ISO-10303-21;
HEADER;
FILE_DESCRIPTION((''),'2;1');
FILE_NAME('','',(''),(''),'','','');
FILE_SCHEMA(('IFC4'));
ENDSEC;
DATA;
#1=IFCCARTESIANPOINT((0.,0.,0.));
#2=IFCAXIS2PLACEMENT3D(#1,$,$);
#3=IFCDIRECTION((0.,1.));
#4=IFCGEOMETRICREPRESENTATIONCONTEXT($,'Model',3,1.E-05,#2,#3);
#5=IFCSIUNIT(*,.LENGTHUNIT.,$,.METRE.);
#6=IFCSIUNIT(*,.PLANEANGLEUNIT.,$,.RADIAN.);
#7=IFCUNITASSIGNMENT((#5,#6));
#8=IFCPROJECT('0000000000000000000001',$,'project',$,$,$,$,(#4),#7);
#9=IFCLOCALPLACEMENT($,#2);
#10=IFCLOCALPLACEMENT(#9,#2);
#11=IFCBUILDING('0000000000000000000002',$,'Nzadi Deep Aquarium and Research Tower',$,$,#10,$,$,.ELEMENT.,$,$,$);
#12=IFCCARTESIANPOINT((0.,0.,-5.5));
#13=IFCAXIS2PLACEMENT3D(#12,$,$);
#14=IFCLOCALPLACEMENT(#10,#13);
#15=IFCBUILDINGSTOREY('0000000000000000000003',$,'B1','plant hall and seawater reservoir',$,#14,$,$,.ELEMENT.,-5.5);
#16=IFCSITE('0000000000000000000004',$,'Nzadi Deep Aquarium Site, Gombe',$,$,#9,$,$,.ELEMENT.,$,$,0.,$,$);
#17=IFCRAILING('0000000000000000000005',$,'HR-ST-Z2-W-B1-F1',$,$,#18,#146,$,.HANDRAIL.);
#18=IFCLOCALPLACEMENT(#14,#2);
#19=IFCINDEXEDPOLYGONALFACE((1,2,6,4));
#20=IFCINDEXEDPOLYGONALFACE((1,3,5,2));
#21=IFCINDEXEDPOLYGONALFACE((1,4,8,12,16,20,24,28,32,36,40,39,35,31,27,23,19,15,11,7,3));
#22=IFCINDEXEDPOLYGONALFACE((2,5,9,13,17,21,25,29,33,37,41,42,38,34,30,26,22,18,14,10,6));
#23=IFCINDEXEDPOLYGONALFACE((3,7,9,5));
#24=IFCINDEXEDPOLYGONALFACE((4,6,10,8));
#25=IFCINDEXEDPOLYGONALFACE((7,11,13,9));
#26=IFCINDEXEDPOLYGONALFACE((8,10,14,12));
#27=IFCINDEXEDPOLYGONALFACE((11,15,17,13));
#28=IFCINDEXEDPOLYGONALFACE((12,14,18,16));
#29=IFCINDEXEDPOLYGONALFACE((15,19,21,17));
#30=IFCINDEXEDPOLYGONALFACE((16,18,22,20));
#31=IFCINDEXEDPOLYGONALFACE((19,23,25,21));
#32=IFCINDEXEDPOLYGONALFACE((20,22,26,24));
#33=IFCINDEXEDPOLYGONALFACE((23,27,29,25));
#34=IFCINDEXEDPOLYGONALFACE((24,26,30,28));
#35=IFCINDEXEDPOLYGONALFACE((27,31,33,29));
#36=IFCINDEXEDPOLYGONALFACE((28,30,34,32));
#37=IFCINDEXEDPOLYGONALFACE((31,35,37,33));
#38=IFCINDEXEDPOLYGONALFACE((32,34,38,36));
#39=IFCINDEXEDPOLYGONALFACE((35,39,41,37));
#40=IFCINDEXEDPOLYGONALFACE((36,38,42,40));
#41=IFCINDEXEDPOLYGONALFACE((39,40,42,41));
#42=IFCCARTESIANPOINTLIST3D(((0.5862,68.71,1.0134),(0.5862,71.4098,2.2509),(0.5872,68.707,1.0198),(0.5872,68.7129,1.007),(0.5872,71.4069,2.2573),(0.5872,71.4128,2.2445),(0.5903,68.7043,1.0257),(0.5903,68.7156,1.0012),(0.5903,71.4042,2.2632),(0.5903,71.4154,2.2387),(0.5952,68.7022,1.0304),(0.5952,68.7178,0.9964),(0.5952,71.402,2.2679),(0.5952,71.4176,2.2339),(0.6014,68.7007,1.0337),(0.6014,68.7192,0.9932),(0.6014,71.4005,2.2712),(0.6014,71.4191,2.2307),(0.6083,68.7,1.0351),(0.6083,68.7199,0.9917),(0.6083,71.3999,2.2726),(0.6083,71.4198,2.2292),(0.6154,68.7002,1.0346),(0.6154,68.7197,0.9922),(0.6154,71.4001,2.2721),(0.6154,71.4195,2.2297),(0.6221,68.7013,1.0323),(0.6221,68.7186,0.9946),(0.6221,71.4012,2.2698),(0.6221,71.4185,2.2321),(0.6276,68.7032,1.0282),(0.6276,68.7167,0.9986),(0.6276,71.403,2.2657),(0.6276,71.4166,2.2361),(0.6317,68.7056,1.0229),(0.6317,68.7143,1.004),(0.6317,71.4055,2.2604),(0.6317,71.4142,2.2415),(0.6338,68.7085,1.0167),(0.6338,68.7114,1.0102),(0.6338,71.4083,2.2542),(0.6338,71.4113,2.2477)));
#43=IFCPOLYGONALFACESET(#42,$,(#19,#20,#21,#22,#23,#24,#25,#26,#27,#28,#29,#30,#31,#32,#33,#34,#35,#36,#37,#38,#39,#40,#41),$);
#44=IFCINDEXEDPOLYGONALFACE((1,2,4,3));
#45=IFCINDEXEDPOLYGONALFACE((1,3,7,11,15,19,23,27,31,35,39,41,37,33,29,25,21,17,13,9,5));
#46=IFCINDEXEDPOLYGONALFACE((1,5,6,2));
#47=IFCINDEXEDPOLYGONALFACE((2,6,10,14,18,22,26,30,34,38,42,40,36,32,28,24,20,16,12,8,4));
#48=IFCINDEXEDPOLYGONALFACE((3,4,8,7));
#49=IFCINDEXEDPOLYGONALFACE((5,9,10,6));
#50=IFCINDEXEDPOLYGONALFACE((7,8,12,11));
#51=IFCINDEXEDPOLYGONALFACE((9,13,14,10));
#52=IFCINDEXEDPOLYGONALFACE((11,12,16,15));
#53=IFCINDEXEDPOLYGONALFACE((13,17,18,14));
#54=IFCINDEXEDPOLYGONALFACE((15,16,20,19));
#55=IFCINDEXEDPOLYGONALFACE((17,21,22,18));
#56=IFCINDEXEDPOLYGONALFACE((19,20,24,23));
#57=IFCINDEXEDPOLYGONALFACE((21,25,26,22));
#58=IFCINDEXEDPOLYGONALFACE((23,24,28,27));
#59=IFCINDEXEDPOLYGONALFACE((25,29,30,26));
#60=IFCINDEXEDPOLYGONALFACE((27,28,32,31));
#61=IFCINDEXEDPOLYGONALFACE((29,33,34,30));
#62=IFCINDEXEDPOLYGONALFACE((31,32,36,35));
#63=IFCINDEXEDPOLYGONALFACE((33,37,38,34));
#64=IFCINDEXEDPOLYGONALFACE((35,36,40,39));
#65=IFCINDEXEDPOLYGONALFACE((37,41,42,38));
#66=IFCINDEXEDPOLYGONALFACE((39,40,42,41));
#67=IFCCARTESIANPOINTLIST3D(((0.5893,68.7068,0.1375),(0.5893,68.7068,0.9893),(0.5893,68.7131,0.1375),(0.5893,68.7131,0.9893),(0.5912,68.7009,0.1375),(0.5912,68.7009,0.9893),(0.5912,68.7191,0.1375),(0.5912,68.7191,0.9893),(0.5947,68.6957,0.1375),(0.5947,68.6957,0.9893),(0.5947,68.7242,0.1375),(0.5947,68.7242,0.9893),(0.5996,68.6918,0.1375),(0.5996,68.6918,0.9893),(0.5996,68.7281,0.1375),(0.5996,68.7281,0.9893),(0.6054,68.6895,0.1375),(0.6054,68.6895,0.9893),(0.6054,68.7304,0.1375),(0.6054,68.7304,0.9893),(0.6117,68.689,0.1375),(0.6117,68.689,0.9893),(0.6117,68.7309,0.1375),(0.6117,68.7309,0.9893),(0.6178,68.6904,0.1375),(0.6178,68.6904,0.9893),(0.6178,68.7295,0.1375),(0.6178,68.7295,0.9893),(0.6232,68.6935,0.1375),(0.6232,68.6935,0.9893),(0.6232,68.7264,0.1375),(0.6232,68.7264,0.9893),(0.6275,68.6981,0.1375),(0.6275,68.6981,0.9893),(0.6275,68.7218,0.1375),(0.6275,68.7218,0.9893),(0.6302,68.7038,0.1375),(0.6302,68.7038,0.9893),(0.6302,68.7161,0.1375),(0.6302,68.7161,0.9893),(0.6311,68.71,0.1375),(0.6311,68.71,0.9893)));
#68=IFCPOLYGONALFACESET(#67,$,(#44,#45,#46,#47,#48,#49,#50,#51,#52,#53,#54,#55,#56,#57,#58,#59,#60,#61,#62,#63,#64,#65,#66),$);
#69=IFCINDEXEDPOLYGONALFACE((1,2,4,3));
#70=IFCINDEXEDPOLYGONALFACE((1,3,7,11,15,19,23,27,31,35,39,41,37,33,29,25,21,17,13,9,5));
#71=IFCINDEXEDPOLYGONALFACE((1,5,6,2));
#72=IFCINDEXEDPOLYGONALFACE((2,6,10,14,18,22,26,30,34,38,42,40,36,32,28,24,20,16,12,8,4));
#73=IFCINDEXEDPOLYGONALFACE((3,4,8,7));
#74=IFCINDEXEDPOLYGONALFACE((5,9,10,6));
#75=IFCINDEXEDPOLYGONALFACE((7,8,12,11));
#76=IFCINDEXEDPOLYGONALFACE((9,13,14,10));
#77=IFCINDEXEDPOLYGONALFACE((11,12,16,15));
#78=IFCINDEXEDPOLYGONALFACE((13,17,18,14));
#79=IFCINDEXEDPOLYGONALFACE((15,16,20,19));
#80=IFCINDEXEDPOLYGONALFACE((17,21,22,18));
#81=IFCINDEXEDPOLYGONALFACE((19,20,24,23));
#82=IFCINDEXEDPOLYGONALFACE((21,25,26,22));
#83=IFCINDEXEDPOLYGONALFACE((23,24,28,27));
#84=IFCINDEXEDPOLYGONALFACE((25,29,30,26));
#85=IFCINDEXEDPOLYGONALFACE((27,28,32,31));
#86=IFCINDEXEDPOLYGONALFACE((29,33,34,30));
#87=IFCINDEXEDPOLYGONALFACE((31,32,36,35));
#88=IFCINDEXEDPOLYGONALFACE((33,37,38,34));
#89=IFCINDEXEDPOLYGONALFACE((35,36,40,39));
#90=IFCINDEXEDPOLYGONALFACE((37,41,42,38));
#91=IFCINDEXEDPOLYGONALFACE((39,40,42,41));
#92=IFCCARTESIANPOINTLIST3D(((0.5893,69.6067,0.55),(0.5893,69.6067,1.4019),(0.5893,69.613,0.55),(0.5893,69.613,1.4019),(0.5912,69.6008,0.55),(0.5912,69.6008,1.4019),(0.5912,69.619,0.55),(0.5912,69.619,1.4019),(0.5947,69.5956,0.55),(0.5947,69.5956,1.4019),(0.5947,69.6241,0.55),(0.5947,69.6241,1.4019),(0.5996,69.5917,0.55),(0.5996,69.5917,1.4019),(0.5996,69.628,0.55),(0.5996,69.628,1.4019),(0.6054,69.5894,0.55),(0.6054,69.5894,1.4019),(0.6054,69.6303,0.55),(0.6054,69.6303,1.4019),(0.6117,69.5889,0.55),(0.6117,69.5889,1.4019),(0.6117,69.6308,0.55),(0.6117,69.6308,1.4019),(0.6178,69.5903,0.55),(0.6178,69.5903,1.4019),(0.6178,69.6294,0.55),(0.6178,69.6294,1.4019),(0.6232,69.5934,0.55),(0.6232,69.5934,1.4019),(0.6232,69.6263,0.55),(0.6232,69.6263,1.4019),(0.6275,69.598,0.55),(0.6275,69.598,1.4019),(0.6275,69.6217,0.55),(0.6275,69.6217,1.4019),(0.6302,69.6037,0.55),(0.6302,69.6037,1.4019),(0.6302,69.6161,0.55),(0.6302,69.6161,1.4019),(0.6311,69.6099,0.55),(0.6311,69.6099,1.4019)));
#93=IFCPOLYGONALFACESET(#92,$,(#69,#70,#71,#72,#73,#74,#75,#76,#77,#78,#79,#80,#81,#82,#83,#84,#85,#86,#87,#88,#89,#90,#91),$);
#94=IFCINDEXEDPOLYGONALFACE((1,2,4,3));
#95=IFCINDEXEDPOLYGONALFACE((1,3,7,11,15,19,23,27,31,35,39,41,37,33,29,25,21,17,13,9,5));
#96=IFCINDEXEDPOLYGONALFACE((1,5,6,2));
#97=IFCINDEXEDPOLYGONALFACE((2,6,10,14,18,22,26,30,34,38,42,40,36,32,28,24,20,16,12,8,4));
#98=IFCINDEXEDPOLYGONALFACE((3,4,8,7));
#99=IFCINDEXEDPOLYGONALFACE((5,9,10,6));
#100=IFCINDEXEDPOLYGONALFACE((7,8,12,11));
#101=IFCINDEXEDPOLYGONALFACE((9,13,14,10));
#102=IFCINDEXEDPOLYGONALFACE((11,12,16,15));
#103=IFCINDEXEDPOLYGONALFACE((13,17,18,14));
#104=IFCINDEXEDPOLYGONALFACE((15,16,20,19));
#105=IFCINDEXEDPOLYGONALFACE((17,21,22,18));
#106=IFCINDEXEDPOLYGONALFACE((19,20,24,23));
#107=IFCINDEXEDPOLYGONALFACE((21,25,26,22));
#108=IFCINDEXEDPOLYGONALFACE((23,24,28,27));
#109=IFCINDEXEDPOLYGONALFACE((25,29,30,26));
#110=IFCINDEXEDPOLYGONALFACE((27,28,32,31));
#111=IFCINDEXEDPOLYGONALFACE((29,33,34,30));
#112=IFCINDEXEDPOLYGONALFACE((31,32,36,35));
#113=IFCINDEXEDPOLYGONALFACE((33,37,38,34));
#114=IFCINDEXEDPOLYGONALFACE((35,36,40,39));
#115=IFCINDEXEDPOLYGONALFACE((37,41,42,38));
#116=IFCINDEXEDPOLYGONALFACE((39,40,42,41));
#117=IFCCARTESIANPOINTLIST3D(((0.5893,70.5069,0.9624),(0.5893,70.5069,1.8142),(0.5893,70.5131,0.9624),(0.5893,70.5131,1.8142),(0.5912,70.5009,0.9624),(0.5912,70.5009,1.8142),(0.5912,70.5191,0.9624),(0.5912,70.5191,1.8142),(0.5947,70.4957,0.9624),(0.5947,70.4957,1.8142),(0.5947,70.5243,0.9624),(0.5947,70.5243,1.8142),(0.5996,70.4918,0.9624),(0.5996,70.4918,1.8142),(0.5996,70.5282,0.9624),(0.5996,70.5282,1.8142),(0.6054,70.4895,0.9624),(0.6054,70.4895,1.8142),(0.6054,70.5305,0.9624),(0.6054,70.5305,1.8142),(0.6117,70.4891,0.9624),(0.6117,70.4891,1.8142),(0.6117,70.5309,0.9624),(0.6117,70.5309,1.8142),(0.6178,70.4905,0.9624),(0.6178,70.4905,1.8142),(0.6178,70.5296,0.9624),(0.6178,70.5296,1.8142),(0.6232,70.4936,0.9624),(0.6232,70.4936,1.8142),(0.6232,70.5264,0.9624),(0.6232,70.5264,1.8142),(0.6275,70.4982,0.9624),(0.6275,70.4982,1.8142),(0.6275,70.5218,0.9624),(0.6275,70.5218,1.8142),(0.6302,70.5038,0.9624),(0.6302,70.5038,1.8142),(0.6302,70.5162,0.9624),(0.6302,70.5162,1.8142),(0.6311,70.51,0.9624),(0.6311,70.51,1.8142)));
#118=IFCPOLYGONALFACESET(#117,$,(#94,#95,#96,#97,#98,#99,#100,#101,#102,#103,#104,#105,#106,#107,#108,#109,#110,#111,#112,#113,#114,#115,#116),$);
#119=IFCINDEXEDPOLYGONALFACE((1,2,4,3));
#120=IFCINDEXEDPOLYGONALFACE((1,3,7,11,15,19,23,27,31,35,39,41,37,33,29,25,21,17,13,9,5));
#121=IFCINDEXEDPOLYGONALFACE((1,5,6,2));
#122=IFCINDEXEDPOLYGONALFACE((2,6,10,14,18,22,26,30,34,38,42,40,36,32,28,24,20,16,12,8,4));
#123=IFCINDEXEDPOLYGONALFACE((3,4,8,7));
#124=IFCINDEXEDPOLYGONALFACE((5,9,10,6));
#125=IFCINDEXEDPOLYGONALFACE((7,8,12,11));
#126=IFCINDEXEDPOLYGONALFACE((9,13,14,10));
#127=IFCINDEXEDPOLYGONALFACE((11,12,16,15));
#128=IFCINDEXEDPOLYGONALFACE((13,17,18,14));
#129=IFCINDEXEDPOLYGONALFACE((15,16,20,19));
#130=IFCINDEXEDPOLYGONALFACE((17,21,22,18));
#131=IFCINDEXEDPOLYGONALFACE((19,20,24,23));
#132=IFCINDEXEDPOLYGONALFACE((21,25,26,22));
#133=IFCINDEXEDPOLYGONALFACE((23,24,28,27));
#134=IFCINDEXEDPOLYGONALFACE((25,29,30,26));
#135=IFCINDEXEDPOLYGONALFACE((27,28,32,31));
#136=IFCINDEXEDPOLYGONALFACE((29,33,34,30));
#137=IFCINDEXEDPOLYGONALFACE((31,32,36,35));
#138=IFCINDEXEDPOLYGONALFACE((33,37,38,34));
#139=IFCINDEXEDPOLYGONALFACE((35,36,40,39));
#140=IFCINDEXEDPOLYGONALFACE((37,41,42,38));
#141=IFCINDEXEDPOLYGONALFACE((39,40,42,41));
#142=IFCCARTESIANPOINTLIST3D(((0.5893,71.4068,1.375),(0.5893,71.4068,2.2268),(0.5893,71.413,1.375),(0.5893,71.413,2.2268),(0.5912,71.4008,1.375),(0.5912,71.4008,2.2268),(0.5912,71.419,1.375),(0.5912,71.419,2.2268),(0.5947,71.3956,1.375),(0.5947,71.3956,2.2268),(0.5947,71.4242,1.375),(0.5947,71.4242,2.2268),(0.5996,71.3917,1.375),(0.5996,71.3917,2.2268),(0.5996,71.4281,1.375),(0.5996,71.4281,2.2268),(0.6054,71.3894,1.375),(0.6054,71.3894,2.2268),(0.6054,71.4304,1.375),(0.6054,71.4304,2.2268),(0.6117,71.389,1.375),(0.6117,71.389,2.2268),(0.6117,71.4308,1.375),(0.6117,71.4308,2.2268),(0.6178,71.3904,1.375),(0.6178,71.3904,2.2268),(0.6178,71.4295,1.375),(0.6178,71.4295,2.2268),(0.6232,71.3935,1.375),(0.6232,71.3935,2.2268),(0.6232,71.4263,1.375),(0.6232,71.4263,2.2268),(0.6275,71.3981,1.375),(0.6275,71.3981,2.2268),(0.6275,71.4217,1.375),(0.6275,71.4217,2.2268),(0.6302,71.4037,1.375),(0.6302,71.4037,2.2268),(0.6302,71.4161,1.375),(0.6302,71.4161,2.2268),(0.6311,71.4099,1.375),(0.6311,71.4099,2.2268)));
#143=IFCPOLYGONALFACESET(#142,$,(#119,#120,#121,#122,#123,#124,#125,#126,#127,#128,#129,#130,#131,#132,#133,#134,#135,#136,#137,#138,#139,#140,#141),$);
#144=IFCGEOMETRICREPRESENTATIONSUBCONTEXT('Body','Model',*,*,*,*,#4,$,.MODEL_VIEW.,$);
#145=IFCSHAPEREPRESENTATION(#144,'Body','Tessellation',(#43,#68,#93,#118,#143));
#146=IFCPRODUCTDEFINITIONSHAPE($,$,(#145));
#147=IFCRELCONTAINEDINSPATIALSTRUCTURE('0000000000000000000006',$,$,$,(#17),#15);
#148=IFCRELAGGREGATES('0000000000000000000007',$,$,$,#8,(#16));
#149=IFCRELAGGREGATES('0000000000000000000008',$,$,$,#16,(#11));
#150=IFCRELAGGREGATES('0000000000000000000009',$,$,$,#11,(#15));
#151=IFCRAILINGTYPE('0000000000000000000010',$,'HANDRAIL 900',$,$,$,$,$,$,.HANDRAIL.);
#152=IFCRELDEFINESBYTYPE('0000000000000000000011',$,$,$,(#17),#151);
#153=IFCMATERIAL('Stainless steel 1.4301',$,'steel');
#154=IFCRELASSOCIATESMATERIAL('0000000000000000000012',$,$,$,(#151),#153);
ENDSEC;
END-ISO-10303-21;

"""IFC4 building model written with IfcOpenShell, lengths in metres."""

from ifc_helpers import new_model, si_unit, direction, frame, origin, origin_2d, place, context, subcontext, project, spatial, circle, extrude, material, type_object, element, save


model = new_model("IFC4")

# Units and contexts
model_context = context("Model", 3, precision=1e-05, world=origin(), true_north=direction((0.0, 1.0)))
body_context = subcontext(model_context, "Body", "Model", "MODEL_VIEW")
ifc_project = project(units=[si_unit("LENGTHUNIT", "METRE"), si_unit("PLANEANGLEUNIT", "RADIAN")], contexts=[model_context])

# Site, building, storey
site_placement = place(None, origin())
site = spatial("IfcSite", under=ifc_project, at=site_placement, Name="Nzadi Deep Aquarium Site, Gombe", CompositionType="ELEMENT", RefElevation=0.0)
building_placement = place(site_placement, origin())
building = spatial("IfcBuilding", under=site, at=building_placement, Name="Nzadi Deep Aquarium and Research Tower", CompositionType="ELEMENT")
storey_placement = place(building_placement, frame((0.0, 0.0, -5.5)))
storey = spatial("IfcBuildingStorey", under=building, at=storey_placement, Name="B1", Description="plant hall and seawater reservoir", CompositionType="ELEMENT", Elevation=-5.5)

# Railing
ifc_material_1 = material(Name="Stainless steel 1.4301", Category="steel")
railing_type = type_object("IfcRailingType", Name="HANDRAIL 900", PredefinedType="HANDRAIL", material=ifc_material_1)
for number, where, name in (
    (1, (0.6101, 68.71, 0.1375), "HR-ST-Z2-W-B1-F1"),
):
    element("IfcRailing", number, at=place(storey_placement, frame(where)), inside=storey, type_object=railing_type, Name=name, PredefinedType="HANDRAIL", context=body_context, shape_type="SweptSolid", body=[
        extrude(circle(Radius=0.0239, at=origin_2d()), frame((0.0, 0.0, 0.876), z_axis=(0.0, 0.909056, 0.416675), x_axis=(-1.0, 0.0, 0.0)), (0.0, 0.0, 1.0), 2.97),
        extrude(circle(Radius=0.021, at=origin_2d()), origin(), (0.0, 0.0, 1.0), 0.8518),
        extrude(circle(Radius=0.021, at=origin_2d()), frame((0.0, 0.8999, 0.4126)), (0.0, 0.0, 1.0), 0.8518),
        extrude(circle(Radius=0.021, at=origin_2d()), frame((0.0, 1.8, 0.825)), (0.0, 0.0, 1.0), 0.8518),
        extrude(circle(Radius=0.021, at=origin_2d()), frame((0.0, 2.7, 1.2375)), (0.0, 0.0, 1.0), 0.8518),
    ])

save(model, "model.ifc")
